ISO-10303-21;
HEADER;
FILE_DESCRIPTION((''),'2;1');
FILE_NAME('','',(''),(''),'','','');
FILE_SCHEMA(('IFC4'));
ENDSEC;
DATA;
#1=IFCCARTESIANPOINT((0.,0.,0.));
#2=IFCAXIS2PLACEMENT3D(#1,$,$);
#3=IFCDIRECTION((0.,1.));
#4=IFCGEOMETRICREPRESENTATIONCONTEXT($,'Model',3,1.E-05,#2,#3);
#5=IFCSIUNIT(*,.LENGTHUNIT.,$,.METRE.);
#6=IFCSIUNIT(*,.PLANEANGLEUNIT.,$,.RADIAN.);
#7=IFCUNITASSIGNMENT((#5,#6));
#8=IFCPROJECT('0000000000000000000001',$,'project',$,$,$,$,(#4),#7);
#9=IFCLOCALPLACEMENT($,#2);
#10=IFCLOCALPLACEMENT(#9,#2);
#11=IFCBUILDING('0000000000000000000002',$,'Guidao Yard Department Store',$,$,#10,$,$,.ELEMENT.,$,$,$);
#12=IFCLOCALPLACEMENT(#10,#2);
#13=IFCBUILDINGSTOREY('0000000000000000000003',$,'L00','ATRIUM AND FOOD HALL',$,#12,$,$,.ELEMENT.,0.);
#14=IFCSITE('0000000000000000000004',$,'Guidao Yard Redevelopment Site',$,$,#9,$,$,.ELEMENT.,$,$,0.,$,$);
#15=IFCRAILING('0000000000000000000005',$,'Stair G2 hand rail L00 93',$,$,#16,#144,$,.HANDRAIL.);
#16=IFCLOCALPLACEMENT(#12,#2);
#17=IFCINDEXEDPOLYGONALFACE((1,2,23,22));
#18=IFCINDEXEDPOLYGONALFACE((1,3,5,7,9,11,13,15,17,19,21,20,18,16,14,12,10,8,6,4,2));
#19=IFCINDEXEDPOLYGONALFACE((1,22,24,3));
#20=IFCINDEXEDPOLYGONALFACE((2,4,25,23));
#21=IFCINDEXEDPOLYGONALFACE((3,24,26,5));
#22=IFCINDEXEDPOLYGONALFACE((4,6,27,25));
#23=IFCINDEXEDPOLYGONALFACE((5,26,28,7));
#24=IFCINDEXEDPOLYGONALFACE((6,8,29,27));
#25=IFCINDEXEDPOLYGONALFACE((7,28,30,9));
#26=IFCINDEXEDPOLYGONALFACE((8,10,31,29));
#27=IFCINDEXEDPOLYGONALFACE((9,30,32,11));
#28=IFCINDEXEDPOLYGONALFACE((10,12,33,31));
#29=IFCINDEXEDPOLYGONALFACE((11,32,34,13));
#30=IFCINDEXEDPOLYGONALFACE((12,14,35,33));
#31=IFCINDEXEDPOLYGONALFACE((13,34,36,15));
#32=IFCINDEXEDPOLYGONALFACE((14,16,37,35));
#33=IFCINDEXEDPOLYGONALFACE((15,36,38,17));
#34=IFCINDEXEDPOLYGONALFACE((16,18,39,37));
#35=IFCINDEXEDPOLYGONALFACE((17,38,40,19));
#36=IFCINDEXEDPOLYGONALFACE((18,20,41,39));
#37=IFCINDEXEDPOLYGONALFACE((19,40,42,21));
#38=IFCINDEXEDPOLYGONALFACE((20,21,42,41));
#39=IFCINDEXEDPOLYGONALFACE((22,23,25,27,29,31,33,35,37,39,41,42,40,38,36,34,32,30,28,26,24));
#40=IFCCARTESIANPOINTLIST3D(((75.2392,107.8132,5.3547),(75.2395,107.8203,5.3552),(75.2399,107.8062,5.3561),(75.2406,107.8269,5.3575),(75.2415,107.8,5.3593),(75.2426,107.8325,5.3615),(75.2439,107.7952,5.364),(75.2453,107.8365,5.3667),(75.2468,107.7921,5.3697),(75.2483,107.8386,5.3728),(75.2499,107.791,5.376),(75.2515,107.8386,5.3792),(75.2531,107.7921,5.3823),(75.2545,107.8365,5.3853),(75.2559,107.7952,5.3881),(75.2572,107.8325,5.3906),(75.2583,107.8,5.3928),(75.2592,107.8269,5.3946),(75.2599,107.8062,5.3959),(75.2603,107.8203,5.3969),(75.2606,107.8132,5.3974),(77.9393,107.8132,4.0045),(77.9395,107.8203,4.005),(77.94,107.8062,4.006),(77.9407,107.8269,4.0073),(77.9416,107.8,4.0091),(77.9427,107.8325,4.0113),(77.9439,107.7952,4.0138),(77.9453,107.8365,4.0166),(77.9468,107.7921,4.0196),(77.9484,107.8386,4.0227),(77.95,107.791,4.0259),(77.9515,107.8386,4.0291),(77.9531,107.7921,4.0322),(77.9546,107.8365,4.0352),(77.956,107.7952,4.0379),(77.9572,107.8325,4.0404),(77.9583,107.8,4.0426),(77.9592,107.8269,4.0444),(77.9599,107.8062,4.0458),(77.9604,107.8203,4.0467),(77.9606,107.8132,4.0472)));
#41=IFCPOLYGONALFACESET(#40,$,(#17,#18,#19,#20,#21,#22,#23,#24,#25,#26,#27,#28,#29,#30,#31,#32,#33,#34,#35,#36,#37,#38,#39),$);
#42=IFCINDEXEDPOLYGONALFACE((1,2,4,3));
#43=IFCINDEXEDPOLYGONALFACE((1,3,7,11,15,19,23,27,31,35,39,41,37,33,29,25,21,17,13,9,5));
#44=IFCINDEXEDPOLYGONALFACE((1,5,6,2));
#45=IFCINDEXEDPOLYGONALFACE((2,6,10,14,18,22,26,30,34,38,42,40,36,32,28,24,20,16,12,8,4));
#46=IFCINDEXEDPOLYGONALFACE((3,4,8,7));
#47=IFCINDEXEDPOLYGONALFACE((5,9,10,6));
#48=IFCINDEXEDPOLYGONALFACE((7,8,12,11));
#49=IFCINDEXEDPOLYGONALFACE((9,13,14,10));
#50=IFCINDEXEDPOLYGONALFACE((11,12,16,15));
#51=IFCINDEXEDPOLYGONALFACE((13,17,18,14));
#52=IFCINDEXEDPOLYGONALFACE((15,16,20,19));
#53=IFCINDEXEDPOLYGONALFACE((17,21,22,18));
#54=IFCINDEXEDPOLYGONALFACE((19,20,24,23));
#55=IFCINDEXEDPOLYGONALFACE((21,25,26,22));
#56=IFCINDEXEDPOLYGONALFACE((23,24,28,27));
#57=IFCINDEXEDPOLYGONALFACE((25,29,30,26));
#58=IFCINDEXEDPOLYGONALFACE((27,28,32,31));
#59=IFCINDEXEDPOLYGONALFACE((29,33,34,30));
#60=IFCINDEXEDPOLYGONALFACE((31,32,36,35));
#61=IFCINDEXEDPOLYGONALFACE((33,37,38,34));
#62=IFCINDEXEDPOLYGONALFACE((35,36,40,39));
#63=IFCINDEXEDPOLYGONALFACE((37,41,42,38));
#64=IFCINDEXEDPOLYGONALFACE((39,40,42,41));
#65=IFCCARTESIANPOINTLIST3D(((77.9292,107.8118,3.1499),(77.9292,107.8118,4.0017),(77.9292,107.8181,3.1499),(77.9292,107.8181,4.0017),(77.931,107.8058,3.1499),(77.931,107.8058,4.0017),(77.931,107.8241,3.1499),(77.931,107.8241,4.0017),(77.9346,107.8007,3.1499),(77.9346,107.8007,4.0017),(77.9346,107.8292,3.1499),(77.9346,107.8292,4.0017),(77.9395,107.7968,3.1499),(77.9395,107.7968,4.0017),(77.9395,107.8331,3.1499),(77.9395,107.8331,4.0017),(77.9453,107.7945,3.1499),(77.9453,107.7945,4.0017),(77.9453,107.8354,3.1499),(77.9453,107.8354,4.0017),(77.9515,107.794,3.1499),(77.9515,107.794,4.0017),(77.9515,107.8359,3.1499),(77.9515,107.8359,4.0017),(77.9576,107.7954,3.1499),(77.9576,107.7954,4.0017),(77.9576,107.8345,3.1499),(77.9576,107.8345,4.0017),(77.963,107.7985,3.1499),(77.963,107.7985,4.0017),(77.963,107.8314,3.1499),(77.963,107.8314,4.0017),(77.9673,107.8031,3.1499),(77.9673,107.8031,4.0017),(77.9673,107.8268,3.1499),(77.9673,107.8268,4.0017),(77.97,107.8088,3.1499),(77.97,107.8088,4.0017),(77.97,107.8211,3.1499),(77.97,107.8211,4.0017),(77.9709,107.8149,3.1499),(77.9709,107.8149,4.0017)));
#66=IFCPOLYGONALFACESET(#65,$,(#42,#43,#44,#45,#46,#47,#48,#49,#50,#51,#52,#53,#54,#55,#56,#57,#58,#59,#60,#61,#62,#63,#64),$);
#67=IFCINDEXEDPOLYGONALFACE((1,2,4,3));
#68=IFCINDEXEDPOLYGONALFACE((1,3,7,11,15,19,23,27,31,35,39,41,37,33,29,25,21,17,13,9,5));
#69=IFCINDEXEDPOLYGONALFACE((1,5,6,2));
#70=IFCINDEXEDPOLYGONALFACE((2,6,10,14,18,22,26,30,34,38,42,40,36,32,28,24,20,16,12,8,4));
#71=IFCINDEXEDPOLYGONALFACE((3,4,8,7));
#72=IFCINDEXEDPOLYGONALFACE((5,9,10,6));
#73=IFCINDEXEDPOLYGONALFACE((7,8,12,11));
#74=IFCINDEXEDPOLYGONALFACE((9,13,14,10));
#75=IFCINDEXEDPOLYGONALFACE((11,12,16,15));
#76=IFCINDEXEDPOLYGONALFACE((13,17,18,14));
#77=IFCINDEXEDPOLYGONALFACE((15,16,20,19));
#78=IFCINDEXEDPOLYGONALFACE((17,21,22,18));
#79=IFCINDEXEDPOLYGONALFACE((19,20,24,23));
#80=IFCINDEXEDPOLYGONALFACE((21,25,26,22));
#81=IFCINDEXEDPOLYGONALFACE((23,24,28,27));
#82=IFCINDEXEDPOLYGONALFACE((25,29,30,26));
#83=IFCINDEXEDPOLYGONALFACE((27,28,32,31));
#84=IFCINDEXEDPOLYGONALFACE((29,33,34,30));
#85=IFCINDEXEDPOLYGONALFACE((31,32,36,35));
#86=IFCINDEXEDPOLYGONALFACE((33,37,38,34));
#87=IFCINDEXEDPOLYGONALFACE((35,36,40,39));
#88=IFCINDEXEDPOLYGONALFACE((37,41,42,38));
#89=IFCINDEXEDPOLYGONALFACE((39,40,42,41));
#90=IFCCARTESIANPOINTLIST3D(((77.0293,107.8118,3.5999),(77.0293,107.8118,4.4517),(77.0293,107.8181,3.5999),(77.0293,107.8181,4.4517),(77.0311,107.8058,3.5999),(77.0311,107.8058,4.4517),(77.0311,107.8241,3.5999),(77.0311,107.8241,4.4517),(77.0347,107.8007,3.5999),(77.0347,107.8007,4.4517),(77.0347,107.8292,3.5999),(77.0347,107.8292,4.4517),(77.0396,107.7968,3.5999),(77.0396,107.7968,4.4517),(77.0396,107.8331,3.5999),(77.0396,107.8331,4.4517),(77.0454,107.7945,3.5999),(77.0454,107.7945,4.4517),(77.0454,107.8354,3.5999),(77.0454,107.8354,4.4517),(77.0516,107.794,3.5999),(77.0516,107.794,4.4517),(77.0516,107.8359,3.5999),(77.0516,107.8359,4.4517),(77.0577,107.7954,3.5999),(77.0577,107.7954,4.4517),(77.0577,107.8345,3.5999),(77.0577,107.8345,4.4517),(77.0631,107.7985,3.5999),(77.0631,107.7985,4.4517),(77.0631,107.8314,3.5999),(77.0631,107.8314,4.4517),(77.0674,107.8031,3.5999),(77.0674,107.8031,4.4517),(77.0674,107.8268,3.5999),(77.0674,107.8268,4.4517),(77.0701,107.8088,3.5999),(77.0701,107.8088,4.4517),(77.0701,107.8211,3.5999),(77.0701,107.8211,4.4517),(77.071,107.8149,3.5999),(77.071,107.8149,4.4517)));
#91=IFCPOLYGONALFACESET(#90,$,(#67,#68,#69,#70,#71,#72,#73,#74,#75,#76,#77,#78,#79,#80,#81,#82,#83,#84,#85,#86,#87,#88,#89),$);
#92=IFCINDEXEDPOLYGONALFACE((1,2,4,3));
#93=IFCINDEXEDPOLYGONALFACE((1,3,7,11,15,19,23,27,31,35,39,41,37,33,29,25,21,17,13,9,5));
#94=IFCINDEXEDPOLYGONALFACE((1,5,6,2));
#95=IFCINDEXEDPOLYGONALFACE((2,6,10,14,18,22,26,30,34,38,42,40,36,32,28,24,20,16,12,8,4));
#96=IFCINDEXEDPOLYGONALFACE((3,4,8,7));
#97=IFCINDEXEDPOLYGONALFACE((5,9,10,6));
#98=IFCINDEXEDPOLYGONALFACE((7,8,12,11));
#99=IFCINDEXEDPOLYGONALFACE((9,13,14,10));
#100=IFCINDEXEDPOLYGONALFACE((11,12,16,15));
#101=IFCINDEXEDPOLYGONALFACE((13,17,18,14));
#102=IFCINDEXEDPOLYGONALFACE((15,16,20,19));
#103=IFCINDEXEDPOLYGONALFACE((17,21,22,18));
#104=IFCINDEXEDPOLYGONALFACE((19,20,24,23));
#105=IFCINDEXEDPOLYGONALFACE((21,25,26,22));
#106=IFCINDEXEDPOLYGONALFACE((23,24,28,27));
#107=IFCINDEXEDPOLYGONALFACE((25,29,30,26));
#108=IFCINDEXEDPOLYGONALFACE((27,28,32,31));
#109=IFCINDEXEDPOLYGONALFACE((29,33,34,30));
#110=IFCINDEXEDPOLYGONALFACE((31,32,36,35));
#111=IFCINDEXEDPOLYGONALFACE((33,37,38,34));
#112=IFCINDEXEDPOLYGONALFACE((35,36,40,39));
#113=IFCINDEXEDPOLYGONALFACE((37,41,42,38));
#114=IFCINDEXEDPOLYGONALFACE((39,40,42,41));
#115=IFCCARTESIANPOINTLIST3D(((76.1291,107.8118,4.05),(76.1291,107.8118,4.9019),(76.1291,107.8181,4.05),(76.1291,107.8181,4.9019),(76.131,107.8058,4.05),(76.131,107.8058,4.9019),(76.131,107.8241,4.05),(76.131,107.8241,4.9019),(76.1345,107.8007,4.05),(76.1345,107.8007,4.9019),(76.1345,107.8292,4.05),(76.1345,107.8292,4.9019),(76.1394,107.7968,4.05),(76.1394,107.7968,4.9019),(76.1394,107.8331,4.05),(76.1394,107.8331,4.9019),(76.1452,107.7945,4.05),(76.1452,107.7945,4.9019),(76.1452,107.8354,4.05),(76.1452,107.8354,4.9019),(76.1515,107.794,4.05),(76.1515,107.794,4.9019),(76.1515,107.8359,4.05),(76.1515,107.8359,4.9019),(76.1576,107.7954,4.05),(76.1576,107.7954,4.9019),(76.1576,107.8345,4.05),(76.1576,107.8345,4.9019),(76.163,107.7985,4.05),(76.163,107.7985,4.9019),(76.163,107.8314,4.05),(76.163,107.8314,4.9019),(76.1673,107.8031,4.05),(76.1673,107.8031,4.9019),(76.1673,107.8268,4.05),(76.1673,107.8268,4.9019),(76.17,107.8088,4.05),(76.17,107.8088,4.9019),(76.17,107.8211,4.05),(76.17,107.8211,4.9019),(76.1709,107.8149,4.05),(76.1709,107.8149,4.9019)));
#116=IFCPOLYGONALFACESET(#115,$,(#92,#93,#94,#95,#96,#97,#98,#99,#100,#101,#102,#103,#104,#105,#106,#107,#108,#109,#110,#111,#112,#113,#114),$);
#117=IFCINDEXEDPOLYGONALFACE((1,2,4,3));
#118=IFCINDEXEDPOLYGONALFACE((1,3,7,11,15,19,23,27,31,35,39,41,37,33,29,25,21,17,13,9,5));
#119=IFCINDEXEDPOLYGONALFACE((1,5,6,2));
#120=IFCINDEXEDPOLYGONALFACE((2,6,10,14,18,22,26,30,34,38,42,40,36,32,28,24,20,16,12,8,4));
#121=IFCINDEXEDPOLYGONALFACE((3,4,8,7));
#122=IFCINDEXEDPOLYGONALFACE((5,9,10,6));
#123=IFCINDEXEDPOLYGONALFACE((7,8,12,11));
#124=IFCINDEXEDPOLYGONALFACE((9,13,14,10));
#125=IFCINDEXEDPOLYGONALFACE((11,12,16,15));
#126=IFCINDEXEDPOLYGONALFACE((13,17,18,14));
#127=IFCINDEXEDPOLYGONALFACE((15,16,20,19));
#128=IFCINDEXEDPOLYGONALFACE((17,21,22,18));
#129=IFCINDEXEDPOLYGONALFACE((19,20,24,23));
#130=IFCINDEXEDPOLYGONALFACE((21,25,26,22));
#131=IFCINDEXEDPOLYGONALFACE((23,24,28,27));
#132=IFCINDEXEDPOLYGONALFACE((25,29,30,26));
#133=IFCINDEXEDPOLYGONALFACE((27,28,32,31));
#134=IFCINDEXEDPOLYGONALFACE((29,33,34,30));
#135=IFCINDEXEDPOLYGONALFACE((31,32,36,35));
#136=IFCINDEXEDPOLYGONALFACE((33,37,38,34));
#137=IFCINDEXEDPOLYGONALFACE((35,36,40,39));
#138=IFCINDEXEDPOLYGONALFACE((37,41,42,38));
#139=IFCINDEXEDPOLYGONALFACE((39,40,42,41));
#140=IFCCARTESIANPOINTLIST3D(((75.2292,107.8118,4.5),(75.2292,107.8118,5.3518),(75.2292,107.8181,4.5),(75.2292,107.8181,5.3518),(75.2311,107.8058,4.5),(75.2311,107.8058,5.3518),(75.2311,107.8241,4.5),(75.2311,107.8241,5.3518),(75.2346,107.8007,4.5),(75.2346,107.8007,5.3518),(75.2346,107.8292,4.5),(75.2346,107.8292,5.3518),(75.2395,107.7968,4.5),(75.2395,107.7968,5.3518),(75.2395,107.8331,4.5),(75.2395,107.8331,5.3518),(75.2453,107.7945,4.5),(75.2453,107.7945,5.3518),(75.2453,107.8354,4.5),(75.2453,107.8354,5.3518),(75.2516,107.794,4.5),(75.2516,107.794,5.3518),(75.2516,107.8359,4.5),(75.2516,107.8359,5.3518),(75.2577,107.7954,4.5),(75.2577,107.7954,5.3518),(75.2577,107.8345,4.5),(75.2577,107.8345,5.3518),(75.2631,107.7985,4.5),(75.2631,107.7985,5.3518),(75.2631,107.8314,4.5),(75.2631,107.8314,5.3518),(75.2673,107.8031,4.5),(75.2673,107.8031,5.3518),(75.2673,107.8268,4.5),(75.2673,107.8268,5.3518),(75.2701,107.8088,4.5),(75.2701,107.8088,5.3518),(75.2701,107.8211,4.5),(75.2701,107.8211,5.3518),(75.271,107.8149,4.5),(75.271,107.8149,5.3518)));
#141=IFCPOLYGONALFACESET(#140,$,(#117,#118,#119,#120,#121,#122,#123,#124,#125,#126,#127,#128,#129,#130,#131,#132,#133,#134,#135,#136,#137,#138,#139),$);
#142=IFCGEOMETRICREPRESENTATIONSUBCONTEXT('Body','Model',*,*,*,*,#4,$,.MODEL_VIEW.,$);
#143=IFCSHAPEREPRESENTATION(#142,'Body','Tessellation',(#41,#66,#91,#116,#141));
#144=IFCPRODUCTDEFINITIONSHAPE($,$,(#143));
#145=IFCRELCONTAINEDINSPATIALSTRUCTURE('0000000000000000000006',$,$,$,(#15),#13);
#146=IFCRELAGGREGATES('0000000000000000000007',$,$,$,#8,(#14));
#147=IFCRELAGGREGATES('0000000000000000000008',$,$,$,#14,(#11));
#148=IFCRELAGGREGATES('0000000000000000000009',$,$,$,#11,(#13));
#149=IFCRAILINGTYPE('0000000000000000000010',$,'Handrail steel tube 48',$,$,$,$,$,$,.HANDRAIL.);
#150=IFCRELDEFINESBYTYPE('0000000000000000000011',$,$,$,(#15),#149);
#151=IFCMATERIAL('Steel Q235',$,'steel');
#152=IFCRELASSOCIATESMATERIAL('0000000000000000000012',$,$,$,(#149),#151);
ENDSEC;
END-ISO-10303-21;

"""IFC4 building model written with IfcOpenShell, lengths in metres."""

from ifc_helpers import new_model, si_unit, direction, frame, origin, origin_2d, place, context, subcontext, project, spatial, circle, extrude, material, type_object, element, save


model = new_model("IFC4")

# Units and contexts
model_context = context("Model", 3, precision=1e-05, world=origin(), true_north=direction((0.0, 1.0)))
body_context = subcontext(model_context, "Body", "Model", "MODEL_VIEW")
ifc_project = project(units=[si_unit("LENGTHUNIT", "METRE"), si_unit("PLANEANGLEUNIT", "RADIAN")], contexts=[model_context])

# Site, building, storey
site_placement = place(None, origin())
site = spatial("IfcSite", under=ifc_project, at=site_placement, Name="Guidao Yard Redevelopment Site", CompositionType="ELEMENT", RefElevation=0.0)
building_placement = place(site_placement, origin())
building = spatial("IfcBuilding", under=site, at=building_placement, Name="Guidao Yard Department Store", CompositionType="ELEMENT")
storey_placement = place(building_placement, origin())
storey = spatial("IfcBuildingStorey", under=building, at=storey_placement, Name="L00", Description="ATRIUM AND FOOD HALL", CompositionType="ELEMENT", Elevation=0.0)

# Railing
ifc_material_1 = material(Name="Steel Q235", Category="steel")
railing_type = type_object("IfcRailingType", Name="Handrail steel tube 48", PredefinedType="HANDRAIL", material=ifc_material_1)
for number, where, name in (
    (1, (77.95, 107.8149, 3.1499), "Stair G2 hand rail L00 93"),
):
    element("IfcRailing", number, at=place(storey_placement, frame(where)), inside=storey, type_object=railing_type, Name=name, PredefinedType="HANDRAIL", context=body_context, shape_type="SweptSolid", body=[
        extrude(circle(Radius=0.0239, at=origin_2d()), frame((0.0, 0.0, 0.876), z_axis=(-0.894411, 0.0, 0.447246), x_axis=(0.0, -1.0, 0.0)), (0.0, 0.0, 1.0), 3.0188),
        extrude(circle(Radius=0.021, at=origin_2d()), origin(), (0.0, 0.0, 1.0), 0.8518),
        extrude(circle(Radius=0.021, at=origin_2d()), frame((-0.8999, 0.0, 0.45)), (0.0, 0.0, 1.0), 0.8518),
        extrude(circle(Radius=0.021, at=origin_2d()), frame((-1.8, 0.0, 0.9001)), (0.0, 0.0, 1.0), 0.8518),
        extrude(circle(Radius=0.021, at=origin_2d()), frame((-2.7, 0.0, 1.3501)), (0.0, 0.0, 1.0), 0.8518),
    ])

save(model, "model.ifc")
